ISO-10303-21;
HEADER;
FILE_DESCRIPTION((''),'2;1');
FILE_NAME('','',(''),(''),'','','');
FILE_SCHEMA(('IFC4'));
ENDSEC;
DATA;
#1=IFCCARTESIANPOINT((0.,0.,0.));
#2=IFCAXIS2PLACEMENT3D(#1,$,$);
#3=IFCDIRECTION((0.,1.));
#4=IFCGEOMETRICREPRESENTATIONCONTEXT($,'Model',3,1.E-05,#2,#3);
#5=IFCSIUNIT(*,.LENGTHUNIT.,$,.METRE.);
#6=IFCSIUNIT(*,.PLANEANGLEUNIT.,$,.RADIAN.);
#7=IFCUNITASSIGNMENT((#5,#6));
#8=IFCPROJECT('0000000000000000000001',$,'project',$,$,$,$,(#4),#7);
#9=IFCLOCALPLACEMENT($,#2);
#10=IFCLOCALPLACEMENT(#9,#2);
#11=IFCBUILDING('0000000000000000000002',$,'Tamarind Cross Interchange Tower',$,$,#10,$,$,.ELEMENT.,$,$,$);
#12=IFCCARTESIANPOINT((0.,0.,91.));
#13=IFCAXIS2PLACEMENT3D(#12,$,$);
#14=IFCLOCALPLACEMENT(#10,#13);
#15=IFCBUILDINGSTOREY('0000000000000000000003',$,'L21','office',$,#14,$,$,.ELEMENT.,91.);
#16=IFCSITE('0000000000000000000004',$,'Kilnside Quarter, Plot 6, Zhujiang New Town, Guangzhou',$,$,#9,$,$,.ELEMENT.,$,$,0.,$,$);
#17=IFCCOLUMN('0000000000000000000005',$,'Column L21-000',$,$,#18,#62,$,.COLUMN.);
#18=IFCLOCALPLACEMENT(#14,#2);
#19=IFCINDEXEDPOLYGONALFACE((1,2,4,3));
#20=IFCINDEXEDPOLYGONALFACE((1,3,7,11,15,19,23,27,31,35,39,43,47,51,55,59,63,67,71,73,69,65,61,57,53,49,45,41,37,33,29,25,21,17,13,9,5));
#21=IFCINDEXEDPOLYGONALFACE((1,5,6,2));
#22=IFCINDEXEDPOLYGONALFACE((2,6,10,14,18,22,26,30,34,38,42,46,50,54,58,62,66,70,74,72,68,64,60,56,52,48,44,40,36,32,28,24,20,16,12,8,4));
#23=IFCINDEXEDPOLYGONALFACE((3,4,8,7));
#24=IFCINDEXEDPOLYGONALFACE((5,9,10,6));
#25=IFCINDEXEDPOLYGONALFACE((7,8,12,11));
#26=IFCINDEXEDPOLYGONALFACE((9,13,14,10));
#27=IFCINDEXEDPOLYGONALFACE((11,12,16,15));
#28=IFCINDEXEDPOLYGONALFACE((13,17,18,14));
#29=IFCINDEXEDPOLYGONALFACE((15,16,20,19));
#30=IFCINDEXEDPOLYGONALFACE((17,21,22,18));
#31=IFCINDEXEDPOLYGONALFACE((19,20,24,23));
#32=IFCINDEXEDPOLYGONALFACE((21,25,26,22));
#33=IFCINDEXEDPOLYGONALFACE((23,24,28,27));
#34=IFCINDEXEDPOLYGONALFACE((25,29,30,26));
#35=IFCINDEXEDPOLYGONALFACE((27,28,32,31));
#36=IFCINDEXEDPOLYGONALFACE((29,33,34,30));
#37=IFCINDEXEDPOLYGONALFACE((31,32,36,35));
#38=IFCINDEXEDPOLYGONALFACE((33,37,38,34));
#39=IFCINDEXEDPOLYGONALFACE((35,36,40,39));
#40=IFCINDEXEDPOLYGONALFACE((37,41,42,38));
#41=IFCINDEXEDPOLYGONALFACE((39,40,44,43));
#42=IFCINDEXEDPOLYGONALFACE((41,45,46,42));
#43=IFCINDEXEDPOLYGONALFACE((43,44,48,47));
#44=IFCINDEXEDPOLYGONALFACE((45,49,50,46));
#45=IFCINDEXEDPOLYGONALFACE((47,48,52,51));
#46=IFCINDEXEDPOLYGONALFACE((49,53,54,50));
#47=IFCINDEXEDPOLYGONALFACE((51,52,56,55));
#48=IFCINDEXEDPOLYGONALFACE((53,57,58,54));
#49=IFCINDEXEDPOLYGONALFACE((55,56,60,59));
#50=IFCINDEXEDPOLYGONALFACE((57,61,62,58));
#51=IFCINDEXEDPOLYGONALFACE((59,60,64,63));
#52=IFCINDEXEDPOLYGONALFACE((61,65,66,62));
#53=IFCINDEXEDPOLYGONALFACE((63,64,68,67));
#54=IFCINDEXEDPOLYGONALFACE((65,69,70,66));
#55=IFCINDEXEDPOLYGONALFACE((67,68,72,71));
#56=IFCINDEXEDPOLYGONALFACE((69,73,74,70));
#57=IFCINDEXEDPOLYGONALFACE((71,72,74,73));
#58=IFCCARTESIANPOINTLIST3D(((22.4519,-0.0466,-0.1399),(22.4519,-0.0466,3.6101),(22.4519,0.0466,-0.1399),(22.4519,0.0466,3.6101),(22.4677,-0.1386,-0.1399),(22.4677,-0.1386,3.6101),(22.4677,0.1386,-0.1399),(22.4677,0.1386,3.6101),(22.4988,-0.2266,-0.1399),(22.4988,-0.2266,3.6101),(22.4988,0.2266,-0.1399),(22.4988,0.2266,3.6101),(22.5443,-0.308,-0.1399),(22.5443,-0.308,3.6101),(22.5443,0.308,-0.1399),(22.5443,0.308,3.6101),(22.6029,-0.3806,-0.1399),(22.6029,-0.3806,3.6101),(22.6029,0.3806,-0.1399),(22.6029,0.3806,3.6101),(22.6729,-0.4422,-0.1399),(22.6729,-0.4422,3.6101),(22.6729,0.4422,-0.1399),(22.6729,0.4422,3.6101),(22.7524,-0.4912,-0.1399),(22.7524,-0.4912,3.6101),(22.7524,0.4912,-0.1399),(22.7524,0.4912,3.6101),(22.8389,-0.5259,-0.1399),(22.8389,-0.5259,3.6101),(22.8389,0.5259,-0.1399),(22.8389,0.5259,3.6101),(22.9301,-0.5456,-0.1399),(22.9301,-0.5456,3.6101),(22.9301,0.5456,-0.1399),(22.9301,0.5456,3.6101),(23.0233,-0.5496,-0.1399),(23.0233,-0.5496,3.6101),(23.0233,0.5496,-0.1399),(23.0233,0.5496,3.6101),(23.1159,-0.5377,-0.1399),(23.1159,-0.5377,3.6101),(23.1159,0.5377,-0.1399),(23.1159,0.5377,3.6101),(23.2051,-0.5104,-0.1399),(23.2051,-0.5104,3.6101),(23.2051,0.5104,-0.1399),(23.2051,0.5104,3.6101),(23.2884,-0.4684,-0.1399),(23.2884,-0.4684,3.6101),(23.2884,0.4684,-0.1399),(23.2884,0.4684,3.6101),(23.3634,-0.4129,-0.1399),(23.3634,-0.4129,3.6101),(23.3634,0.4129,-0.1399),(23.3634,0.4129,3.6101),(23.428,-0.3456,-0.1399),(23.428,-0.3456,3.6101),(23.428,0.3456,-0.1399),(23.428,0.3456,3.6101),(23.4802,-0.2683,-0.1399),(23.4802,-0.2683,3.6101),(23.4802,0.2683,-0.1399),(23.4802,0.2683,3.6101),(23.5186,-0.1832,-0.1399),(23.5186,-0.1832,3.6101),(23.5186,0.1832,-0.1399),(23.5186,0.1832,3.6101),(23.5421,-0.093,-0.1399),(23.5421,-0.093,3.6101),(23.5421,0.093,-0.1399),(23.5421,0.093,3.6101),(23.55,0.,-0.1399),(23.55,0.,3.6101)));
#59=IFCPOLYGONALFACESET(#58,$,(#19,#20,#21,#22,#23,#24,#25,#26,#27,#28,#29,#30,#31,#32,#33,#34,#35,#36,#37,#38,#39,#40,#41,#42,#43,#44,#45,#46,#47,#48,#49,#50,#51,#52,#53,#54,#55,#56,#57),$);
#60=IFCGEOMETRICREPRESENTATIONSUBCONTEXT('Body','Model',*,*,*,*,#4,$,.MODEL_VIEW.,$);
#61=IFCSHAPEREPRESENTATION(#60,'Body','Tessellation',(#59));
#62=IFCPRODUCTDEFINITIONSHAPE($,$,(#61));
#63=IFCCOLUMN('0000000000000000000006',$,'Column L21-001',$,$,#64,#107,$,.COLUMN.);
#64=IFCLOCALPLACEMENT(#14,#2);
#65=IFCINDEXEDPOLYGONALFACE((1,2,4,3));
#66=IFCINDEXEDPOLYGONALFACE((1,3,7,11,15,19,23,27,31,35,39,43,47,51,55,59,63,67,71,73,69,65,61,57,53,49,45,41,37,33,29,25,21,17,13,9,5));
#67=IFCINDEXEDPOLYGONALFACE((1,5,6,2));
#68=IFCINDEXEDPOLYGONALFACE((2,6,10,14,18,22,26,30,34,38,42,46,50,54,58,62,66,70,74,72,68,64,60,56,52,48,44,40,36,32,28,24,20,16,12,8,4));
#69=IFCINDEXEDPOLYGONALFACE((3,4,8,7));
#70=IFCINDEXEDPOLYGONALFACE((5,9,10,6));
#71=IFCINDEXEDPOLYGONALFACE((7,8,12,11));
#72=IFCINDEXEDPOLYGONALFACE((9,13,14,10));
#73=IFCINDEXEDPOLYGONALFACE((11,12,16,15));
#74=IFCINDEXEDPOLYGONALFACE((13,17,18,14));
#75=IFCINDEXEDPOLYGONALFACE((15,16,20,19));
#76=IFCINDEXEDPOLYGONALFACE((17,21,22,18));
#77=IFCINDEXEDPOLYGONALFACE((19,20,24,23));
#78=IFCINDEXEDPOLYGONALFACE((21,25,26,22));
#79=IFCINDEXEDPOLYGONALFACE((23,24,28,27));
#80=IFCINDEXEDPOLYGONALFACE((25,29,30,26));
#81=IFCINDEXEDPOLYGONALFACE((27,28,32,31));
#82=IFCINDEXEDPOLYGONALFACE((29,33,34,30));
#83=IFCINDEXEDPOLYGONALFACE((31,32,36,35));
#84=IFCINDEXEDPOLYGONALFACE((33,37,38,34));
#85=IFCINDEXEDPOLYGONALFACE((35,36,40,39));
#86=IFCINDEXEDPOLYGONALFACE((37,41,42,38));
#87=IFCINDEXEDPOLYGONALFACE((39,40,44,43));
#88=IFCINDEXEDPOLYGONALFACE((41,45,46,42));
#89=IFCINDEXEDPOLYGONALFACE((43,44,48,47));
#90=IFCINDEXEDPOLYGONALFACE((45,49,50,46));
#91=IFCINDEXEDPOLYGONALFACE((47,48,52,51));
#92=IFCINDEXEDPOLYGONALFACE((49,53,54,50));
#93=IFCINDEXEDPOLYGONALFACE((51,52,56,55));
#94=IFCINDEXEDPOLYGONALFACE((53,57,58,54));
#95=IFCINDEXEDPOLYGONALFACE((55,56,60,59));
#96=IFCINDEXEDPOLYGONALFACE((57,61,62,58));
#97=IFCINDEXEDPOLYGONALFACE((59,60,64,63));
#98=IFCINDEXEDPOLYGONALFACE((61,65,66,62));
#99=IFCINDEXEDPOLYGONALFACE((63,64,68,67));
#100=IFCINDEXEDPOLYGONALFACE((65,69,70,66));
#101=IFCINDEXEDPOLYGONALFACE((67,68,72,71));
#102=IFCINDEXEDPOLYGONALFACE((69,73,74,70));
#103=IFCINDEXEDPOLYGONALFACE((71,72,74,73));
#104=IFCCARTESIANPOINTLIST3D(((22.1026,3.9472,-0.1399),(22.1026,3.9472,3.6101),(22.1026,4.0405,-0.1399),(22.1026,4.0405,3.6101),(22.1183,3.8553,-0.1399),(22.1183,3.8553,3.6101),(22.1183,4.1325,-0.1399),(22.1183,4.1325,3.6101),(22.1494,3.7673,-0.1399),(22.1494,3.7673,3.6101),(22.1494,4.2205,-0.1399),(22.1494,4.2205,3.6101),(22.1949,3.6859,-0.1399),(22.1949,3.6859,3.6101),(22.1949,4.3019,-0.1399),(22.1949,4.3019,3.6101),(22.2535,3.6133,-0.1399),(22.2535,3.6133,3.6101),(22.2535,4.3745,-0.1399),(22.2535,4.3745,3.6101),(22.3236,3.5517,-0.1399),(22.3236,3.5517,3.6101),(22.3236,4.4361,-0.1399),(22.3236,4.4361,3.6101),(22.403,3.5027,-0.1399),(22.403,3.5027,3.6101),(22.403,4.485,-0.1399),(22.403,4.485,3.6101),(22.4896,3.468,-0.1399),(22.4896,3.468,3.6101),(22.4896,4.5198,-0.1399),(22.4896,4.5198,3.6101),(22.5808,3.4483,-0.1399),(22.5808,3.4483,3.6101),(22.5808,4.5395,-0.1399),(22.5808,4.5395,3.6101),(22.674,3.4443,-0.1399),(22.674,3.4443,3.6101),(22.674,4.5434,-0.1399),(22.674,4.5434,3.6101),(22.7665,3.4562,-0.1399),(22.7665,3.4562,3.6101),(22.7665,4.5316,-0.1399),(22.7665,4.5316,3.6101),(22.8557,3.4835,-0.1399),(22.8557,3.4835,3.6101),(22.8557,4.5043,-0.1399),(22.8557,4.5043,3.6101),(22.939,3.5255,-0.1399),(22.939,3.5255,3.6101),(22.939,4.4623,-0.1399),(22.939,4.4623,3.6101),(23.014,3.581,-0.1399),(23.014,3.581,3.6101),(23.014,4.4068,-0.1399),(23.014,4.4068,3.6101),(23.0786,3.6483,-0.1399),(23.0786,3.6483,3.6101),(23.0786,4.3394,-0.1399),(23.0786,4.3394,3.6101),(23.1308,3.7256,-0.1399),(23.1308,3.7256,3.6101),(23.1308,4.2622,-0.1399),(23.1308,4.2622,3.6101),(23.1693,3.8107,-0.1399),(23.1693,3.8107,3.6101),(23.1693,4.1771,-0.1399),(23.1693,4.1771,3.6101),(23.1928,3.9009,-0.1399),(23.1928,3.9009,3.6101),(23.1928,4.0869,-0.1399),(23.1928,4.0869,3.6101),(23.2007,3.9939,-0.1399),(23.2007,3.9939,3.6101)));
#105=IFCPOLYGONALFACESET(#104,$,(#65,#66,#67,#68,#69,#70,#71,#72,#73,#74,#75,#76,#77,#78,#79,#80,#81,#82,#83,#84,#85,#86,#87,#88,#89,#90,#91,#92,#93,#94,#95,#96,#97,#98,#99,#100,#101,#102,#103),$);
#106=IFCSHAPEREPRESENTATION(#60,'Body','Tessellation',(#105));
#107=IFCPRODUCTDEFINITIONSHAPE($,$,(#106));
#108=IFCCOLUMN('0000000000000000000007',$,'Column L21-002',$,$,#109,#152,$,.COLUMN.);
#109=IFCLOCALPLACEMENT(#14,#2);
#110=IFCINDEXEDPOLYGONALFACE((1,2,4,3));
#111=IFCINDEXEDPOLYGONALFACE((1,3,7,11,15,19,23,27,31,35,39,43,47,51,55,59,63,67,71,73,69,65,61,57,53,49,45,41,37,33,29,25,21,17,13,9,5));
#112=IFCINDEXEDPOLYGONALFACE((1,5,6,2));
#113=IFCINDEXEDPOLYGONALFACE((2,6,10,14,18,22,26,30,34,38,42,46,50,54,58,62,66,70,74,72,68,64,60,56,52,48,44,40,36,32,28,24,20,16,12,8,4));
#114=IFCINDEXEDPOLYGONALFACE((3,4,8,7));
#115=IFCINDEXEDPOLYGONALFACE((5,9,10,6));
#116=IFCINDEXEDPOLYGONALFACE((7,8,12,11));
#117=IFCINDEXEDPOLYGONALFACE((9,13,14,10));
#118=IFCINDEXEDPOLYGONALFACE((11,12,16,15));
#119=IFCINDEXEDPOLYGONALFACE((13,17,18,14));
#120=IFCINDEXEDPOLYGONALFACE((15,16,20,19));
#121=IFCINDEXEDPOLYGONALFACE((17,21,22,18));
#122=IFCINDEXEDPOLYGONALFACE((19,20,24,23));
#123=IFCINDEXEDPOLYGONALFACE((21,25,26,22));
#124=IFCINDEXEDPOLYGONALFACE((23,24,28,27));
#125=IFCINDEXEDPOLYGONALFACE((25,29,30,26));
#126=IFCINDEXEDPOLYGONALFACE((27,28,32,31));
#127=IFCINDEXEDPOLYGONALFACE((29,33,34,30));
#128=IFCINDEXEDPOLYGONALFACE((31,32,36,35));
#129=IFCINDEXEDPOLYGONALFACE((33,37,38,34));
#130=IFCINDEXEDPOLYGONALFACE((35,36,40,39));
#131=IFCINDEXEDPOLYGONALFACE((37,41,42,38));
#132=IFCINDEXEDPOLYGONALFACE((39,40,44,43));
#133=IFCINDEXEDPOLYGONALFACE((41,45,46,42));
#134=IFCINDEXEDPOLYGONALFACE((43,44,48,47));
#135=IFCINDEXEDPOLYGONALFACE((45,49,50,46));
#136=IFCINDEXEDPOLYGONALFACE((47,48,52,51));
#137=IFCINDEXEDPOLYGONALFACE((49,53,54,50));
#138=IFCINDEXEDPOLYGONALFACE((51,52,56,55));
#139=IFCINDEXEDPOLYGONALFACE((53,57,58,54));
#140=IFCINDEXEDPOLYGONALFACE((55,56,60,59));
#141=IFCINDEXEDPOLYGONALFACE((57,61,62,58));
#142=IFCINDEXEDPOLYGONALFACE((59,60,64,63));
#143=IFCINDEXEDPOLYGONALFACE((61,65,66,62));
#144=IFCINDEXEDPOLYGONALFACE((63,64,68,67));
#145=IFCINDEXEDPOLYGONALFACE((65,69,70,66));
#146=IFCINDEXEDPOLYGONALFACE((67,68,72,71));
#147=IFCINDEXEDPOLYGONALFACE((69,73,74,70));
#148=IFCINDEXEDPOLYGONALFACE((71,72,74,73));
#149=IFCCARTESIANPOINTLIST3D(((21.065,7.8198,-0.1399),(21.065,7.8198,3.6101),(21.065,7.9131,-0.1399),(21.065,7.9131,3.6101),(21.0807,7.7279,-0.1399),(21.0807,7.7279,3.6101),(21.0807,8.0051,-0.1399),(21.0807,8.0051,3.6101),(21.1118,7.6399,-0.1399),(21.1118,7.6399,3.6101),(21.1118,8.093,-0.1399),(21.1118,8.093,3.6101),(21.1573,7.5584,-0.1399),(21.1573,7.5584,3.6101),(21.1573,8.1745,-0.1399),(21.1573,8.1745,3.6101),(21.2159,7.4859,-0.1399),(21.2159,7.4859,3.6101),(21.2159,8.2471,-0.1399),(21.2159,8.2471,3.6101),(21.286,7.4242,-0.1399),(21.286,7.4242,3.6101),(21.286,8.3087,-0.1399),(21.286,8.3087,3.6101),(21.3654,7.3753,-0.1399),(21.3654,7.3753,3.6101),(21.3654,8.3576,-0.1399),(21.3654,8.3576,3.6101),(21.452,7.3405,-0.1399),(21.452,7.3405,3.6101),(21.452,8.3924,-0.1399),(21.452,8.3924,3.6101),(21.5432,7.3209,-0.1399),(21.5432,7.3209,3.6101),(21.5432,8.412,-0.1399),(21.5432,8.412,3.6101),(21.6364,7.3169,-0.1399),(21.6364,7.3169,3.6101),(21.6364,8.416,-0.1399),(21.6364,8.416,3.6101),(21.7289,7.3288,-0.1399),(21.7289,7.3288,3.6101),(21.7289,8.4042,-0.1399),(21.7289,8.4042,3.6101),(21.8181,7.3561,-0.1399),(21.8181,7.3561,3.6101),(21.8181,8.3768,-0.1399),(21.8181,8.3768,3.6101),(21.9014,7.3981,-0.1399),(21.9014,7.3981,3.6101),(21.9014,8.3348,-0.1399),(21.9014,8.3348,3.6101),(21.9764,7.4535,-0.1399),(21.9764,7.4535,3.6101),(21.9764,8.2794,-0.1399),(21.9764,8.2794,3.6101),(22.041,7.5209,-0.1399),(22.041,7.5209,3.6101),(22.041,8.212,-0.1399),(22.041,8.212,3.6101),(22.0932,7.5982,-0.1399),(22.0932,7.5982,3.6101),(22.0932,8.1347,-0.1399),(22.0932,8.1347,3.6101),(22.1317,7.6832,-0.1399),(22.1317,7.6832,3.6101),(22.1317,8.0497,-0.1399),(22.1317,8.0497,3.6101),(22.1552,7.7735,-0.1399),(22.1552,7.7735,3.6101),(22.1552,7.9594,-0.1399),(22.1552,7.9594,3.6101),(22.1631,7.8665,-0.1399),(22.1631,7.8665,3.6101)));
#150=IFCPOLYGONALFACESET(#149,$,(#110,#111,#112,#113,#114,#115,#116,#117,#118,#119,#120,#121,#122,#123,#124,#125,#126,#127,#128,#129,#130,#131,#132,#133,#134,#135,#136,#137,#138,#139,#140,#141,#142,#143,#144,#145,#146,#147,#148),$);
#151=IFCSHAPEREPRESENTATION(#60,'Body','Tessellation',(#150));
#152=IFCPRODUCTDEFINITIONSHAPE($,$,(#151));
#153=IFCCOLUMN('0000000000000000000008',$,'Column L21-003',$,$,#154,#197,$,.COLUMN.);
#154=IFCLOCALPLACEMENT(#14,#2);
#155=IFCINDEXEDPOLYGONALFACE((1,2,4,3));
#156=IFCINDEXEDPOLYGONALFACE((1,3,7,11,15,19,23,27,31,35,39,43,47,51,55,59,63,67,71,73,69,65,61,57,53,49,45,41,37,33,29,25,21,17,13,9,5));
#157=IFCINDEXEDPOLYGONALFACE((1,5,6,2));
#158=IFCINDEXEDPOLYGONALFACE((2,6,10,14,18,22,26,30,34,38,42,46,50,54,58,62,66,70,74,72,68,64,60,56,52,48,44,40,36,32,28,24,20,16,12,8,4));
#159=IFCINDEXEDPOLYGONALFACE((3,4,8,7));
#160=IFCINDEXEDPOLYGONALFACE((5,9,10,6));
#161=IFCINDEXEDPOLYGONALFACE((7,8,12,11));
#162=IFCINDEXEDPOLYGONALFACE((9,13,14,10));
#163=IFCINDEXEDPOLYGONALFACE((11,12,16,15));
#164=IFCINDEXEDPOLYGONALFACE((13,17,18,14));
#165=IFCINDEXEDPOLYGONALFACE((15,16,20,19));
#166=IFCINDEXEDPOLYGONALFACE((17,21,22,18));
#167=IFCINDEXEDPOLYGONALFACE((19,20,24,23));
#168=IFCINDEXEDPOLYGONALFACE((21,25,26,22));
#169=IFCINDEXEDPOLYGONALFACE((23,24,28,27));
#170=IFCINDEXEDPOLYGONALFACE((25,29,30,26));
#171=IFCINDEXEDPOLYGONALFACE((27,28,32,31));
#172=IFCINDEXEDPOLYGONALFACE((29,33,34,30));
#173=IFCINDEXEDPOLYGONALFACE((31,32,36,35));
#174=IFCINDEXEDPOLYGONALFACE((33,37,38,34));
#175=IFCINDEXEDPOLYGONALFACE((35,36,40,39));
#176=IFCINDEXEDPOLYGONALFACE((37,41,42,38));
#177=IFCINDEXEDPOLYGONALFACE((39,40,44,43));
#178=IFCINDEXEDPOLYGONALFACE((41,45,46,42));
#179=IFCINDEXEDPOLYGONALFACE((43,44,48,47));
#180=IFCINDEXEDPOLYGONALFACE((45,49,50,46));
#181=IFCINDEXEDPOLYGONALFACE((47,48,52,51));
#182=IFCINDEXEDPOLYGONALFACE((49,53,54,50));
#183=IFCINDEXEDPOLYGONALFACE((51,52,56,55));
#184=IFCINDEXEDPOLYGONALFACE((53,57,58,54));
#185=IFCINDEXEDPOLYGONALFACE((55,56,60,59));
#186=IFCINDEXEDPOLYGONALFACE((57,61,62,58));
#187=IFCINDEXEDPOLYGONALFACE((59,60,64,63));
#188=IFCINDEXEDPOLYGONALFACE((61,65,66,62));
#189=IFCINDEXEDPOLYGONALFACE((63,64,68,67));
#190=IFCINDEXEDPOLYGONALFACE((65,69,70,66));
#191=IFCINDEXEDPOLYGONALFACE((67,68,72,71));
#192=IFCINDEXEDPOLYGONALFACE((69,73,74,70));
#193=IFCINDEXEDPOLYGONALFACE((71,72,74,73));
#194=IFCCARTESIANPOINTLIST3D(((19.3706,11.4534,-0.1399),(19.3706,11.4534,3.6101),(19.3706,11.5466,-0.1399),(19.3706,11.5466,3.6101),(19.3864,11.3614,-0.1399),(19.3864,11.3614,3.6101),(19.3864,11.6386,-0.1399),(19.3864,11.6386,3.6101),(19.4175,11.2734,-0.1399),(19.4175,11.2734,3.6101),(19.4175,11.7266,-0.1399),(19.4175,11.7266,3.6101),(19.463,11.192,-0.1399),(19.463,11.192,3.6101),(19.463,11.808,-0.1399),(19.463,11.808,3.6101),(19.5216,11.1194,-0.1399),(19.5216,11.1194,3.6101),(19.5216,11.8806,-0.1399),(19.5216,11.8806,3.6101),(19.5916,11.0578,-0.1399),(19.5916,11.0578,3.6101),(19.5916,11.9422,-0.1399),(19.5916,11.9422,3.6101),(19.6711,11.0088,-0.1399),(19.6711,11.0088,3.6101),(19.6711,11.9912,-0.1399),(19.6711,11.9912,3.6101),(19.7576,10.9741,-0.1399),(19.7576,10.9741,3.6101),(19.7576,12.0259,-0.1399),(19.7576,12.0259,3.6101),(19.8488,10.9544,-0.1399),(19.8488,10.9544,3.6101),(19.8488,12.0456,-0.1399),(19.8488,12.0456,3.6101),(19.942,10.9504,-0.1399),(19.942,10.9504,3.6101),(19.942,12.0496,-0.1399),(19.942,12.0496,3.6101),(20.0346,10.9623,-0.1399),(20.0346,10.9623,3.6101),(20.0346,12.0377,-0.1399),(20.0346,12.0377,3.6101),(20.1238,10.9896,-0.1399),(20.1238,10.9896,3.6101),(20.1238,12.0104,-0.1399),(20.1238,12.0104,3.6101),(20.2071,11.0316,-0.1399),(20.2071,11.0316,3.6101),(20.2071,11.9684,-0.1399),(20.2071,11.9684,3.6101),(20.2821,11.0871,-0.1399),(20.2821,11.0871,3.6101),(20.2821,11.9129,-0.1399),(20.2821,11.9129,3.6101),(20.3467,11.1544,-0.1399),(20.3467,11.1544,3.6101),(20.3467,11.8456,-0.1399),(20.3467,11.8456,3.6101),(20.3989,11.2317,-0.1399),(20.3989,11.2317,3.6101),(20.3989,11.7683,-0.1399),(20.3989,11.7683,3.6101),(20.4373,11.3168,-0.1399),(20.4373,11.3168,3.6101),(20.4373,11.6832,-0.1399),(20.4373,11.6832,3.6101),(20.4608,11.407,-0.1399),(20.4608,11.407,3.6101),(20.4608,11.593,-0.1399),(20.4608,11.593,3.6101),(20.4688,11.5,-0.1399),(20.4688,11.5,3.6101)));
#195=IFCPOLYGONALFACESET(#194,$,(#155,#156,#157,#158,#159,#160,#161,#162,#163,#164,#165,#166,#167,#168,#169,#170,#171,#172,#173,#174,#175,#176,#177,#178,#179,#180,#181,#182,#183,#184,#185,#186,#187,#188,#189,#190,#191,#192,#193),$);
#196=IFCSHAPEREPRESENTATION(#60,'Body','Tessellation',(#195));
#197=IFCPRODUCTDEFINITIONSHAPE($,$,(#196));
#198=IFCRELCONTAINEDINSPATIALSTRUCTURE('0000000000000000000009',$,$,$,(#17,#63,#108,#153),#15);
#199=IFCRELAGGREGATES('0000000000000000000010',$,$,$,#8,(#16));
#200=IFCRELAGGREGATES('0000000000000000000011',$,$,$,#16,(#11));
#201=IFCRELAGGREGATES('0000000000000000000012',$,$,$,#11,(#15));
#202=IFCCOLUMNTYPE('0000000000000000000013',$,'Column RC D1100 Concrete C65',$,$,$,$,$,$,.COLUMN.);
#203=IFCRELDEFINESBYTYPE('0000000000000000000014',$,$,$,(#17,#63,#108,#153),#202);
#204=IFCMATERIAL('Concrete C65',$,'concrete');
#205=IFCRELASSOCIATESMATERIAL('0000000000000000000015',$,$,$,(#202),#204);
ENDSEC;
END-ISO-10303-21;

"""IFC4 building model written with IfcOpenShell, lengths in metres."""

from ifc_helpers import new_model, si_unit, direction, frame, origin, origin_2d, place, context, subcontext, project, spatial, circle, extrude, material, material_profile, profile_set, type_object, element, save


model = new_model("IFC4")

# Units and contexts
model_context = context("Model", 3, precision=1e-05, world=origin(), true_north=direction((0.0, 1.0)))
body_context = subcontext(model_context, "Body", "Model", "MODEL_VIEW")
ifc_project = project(units=[si_unit("LENGTHUNIT", "METRE"), si_unit("PLANEANGLEUNIT", "RADIAN")], contexts=[model_context])

# Site, building, storey
site_placement = place(None, origin())
site = spatial("IfcSite", under=ifc_project, at=site_placement, Name="Kilnside Quarter, Plot 6, Zhujiang New Town, Guangzhou", CompositionType="ELEMENT", RefElevation=0.0)
building_placement = place(site_placement, origin())
building = spatial("IfcBuilding", under=site, at=building_placement, Name="Tamarind Cross Interchange Tower", CompositionType="ELEMENT")
storey_placement = place(building_placement, frame((0.0, 0.0, 91.0)))
storey = spatial("IfcBuildingStorey", under=building, at=storey_placement, Name="L21", Description="office", CompositionType="ELEMENT", Elevation=91.0)

# Columns
ifc_material_1 = material(Name="Concrete C65", Category="concrete")
ifc_material_profile_1 = material_profile(ifc_material_1, circle(Radius=0.55, at=origin_2d()), Name="RC D1100")
ifc_profile_set_1 = profile_set([ifc_material_profile_1], Name="Concrete C65")
column_type = type_object("IfcColumnType", Name="Column RC D1100 Concrete C65", PredefinedType="COLUMN", material=ifc_profile_set_1)
for number, where, z_axis, x_axis, name in (
    (1, (23.0, 0.0, -0.1399), (0.0, 0.0, 1.0), (1.0, 0.0, 0.0), "Column L21-000"),
    (2, (22.6506, 3.9939, -0.1399), (0.0, 0.0, 1.0), (1.0, 0.0, 0.0), "Column L21-001"),
    (3, (21.613, 7.8665, -0.1399), (0.0, 0.0, 1.0), (1.0, 0.0, 0.0), "Column L21-002"),
    (4, (19.9187, 11.5, -0.1399), (0.0, 0.0, 1.0), (1.0, 0.0, 0.0), "Column L21-003"),
):
    element("IfcColumn", number, at=place(storey_placement, frame(where, z_axis=z_axis, x_axis=x_axis)), inside=storey, type_object=column_type, Name=name, PredefinedType="COLUMN", context=body_context, shape_type="SweptSolid", body=[
        extrude(circle(Radius=0.55, at=origin_2d()), origin(), (0.0, 0.0, 1.0), 3.75),
    ])

save(model, "model.ifc")
